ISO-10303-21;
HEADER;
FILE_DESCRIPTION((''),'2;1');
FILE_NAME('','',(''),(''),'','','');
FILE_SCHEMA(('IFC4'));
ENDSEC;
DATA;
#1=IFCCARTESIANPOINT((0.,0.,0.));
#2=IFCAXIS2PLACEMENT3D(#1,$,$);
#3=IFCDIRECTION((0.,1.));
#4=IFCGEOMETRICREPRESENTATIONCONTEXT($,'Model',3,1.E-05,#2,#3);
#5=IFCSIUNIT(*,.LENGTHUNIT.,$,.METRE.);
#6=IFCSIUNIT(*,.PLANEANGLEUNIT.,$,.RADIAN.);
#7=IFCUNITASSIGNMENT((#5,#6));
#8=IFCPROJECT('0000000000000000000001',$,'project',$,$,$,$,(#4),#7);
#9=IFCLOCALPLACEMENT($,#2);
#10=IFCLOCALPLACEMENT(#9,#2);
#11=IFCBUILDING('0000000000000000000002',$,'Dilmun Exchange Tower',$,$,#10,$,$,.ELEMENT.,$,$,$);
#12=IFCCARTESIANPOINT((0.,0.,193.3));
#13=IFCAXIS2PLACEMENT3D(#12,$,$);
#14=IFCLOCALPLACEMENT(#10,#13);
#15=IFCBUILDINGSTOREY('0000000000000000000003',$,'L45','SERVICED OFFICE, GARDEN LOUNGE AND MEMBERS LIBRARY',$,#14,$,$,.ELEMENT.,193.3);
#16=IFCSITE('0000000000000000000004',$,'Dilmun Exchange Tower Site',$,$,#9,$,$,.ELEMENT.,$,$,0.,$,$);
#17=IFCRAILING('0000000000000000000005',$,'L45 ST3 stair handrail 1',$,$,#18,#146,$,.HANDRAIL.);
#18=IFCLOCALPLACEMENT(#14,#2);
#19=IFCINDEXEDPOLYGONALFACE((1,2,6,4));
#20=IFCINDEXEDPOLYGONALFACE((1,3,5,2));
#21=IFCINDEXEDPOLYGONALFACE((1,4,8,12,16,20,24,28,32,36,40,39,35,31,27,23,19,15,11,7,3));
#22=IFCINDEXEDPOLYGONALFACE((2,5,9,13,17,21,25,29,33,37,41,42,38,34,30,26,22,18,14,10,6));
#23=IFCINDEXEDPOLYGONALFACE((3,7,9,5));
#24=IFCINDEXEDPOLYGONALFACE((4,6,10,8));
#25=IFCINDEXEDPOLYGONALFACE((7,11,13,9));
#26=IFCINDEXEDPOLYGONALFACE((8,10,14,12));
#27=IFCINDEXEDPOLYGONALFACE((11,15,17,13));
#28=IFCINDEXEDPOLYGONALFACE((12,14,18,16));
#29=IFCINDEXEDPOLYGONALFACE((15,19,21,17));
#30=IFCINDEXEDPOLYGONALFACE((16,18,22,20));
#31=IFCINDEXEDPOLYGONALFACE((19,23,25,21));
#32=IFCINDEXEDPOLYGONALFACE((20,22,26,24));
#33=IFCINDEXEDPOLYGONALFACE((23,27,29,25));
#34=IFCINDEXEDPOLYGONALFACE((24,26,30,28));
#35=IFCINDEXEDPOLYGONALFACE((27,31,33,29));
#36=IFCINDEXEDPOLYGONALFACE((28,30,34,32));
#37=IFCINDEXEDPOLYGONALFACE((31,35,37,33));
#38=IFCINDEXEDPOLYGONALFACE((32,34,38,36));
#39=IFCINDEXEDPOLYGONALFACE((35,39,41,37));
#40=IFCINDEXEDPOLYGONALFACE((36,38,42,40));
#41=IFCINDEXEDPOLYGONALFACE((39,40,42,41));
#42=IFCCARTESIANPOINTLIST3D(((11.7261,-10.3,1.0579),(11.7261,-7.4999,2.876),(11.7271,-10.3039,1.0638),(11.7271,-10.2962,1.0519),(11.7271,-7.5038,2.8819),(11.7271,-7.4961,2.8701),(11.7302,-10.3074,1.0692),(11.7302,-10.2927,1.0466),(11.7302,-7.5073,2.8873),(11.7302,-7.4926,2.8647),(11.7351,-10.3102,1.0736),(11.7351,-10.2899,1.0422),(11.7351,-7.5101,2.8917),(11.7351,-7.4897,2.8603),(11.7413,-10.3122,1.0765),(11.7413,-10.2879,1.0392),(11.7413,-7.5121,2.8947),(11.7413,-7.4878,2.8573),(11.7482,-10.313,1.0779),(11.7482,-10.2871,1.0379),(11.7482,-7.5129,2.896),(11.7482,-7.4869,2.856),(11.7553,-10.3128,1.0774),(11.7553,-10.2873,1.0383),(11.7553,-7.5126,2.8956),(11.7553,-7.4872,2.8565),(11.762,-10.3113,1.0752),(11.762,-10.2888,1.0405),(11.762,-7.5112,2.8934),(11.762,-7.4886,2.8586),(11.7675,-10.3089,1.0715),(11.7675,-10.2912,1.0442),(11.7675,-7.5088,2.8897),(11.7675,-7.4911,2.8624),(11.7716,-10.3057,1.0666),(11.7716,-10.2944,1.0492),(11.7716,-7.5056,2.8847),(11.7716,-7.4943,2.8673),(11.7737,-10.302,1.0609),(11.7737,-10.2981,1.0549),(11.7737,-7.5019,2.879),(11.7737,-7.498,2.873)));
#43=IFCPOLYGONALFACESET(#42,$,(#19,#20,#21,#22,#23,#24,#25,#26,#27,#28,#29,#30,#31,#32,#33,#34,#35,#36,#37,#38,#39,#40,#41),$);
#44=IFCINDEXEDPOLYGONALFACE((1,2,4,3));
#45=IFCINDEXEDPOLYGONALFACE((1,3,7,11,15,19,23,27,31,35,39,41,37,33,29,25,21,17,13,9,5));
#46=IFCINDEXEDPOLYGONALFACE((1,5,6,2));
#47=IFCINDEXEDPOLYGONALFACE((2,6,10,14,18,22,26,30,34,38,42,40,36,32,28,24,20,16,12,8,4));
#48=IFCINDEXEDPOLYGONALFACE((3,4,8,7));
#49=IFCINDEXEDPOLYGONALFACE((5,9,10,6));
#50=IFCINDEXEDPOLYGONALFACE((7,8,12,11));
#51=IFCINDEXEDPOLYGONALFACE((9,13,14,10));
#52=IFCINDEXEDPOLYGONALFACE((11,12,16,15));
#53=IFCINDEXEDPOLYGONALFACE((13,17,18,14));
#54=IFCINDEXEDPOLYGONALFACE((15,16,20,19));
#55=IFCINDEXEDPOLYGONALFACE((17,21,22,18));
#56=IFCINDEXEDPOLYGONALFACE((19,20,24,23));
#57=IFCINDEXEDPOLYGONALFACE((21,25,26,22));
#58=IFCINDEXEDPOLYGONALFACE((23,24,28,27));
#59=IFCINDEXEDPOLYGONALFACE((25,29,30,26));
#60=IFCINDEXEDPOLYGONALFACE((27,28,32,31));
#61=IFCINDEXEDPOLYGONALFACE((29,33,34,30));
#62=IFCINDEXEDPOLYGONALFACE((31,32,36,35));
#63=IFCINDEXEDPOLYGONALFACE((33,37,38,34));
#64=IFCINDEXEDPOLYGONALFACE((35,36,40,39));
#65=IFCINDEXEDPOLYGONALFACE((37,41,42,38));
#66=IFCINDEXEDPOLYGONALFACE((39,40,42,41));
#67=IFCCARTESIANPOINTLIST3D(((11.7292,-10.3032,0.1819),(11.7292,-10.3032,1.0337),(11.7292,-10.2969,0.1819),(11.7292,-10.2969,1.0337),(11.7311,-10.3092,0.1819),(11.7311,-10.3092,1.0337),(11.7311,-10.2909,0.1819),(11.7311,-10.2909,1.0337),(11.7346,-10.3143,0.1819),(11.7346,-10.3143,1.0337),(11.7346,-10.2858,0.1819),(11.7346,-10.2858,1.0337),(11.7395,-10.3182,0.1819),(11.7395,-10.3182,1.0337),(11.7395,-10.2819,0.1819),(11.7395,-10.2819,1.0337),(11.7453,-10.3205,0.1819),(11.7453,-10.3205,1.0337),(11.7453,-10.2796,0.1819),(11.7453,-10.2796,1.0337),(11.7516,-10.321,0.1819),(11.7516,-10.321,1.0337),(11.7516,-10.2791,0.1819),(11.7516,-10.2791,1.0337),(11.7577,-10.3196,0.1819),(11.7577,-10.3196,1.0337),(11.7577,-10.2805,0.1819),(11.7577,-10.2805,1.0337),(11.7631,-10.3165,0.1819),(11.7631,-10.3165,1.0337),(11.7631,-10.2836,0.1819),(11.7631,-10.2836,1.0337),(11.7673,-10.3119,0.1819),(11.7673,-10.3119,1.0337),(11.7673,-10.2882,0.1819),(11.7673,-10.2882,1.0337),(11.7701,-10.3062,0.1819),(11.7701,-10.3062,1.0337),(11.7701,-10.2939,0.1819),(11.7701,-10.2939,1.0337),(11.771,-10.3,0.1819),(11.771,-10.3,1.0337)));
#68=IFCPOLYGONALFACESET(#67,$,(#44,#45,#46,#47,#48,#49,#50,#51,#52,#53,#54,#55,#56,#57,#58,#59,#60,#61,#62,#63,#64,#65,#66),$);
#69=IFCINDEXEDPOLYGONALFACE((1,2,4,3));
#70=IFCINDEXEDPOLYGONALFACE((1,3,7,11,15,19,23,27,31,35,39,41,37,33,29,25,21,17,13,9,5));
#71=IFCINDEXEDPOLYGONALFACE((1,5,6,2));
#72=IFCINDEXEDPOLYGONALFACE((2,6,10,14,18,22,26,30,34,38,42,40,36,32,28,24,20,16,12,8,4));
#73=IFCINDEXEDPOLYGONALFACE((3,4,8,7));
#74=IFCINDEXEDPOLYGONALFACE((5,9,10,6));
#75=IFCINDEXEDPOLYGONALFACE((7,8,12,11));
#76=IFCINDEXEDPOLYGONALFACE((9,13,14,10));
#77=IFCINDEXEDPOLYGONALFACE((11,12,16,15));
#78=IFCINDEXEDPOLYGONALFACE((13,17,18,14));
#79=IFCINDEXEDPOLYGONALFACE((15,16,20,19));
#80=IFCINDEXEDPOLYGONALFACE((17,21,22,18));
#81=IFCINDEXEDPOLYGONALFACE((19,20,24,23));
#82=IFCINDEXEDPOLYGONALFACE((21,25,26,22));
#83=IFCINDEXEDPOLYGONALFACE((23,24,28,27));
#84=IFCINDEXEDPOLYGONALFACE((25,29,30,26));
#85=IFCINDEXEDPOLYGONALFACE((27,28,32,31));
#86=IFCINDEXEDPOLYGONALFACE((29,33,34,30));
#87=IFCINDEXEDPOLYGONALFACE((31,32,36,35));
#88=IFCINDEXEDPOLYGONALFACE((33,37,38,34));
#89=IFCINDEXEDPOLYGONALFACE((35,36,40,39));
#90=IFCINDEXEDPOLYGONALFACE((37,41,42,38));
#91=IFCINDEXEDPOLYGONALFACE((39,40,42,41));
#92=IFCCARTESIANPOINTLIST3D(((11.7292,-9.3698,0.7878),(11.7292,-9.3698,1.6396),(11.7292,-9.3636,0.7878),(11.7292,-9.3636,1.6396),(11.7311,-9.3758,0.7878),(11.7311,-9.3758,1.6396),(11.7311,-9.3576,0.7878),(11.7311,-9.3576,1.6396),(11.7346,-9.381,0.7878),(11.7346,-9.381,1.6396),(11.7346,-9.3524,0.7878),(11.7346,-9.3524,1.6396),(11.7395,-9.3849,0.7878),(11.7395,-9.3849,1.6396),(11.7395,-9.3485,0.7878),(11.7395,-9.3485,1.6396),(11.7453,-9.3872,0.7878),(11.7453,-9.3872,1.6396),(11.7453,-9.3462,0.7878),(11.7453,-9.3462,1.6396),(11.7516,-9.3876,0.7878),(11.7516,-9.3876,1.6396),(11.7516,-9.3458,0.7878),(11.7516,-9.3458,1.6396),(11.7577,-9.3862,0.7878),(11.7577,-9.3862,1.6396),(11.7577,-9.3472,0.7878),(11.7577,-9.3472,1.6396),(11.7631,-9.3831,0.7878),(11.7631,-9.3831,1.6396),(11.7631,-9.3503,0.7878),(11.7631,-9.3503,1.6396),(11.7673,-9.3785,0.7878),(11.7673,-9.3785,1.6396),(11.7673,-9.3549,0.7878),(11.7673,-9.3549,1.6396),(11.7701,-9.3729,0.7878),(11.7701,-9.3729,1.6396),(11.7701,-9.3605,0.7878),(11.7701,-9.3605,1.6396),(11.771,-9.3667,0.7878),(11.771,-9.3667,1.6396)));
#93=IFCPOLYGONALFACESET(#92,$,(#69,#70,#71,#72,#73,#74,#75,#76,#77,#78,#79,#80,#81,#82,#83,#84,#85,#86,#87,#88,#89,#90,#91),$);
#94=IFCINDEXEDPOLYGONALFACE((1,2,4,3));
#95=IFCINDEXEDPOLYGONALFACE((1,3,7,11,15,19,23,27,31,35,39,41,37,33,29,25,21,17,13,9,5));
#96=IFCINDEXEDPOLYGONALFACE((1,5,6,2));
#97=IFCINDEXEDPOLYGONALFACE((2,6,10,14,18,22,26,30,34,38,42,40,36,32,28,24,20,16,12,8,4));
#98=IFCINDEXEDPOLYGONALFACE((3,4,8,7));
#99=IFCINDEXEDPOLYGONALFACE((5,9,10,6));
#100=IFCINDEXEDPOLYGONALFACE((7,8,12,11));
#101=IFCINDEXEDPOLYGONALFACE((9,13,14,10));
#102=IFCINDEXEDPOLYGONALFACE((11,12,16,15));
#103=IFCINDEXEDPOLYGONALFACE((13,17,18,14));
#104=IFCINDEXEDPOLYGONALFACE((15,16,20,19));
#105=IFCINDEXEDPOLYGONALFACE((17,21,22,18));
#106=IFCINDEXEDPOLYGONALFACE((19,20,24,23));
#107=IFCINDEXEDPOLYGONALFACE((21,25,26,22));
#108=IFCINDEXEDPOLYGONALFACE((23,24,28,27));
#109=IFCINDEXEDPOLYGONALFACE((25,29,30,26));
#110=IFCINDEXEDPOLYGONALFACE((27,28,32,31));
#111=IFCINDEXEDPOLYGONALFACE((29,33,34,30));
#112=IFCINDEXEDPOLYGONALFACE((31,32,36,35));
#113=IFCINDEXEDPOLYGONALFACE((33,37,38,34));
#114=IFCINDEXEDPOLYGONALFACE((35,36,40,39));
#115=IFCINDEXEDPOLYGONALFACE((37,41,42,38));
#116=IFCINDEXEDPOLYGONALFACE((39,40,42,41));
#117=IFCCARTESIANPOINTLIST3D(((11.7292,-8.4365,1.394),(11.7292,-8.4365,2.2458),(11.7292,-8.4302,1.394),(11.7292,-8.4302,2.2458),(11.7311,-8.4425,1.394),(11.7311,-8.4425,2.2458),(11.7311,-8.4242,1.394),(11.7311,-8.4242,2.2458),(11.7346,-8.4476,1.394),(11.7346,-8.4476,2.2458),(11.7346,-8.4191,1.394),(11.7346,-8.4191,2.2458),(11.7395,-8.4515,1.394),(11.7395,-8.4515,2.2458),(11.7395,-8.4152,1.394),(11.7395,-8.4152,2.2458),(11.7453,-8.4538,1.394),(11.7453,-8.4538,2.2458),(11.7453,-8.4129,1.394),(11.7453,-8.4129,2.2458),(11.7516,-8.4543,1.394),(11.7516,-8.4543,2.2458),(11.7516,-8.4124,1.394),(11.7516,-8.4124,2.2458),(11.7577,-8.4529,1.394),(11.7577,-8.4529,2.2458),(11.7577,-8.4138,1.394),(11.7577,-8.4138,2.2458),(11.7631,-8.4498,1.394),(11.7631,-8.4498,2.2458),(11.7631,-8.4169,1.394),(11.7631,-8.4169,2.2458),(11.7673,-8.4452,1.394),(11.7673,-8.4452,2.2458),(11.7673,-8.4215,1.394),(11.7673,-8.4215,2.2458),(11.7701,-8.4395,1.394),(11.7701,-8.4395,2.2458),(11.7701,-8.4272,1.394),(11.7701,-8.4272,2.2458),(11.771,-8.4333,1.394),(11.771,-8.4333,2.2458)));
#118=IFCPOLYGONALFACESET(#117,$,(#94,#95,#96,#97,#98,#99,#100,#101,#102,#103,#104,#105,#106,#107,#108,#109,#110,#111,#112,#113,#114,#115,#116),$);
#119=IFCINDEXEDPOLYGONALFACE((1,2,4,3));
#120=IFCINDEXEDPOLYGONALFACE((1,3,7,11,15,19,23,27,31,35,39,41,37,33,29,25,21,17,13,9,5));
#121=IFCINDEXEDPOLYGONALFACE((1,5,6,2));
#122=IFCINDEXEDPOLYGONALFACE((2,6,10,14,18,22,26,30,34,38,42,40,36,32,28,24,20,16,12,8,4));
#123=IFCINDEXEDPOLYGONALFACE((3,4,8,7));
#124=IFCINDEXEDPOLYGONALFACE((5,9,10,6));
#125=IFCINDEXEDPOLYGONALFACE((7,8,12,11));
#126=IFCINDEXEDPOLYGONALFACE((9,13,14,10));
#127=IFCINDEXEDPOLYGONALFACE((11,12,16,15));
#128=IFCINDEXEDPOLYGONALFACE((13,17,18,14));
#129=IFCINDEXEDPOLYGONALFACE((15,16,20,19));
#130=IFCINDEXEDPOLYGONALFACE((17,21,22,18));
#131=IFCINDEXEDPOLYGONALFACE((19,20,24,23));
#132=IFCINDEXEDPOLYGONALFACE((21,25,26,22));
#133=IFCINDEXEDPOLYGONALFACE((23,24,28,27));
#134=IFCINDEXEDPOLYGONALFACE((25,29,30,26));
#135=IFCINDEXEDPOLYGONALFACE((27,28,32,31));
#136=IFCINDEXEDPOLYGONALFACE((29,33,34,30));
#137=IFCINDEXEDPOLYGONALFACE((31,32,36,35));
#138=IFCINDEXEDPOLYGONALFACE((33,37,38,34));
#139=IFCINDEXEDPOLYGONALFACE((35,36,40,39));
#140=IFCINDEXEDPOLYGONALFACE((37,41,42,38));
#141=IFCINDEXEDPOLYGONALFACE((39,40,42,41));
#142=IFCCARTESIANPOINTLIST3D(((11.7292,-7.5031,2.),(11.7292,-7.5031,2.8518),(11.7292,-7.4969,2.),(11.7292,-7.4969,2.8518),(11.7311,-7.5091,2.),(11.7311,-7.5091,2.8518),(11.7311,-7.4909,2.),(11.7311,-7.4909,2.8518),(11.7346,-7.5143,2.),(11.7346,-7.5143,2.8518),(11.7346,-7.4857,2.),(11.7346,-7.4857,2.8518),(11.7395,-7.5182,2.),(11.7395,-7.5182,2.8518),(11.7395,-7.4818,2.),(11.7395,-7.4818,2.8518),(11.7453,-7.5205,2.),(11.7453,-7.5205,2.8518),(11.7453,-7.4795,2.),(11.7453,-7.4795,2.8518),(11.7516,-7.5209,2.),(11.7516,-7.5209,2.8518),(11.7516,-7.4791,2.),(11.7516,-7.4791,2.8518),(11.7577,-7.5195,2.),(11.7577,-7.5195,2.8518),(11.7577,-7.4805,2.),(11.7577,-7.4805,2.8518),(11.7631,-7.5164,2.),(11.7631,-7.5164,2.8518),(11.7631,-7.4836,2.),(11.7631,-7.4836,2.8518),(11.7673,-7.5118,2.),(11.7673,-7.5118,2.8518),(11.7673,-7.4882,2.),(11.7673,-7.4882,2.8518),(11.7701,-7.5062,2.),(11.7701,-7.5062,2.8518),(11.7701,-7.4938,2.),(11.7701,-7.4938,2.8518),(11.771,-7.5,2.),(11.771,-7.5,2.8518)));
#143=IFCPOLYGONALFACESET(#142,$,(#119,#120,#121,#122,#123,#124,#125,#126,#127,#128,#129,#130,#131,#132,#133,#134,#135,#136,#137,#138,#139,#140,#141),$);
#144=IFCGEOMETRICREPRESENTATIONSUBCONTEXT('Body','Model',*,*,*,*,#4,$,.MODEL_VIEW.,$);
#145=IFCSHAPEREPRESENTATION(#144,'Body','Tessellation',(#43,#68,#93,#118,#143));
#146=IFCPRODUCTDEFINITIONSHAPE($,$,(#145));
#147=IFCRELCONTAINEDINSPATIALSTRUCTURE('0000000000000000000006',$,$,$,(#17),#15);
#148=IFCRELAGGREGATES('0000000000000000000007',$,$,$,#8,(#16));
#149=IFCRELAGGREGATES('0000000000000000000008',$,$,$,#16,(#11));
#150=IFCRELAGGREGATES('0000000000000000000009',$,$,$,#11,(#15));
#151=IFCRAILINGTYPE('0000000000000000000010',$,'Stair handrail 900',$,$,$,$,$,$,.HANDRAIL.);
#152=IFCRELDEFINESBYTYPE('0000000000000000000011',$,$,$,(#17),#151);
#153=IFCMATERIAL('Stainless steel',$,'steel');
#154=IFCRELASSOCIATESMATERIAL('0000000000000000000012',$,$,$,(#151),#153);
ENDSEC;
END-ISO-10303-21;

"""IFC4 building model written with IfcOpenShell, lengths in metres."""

from ifc_helpers import new_model, si_unit, direction, frame, origin, origin_2d, place, context, subcontext, project, spatial, circle, extrude, material, type_object, element, save


model = new_model("IFC4")

# Units and contexts
model_context = context("Model", 3, precision=1e-05, world=origin(), true_north=direction((0.0, 1.0)))
body_context = subcontext(model_context, "Body", "Model", "MODEL_VIEW")
ifc_project = project(units=[si_unit("LENGTHUNIT", "METRE"), si_unit("PLANEANGLEUNIT", "RADIAN")], contexts=[model_context])

# Site, building, storey
site_placement = place(None, origin())
site = spatial("IfcSite", under=ifc_project, at=site_placement, Name="Dilmun Exchange Tower Site", CompositionType="ELEMENT", RefElevation=0.0)
building_placement = place(site_placement, origin())
building = spatial("IfcBuilding", under=site, at=building_placement, Name="Dilmun Exchange Tower", CompositionType="ELEMENT")
storey_placement = place(building_placement, frame((0.0, 0.0, 193.3)))
storey = spatial("IfcBuildingStorey", under=building, at=storey_placement, Name="L45", Description="SERVICED OFFICE, GARDEN LOUNGE AND MEMBERS LIBRARY", CompositionType="ELEMENT", Elevation=193.3)

# Railing
ifc_material_1 = material(Name="Stainless steel", Category="steel")
railing_type = type_object("IfcRailingType", Name="Stair handrail 900", PredefinedType="HANDRAIL", material=ifc_material_1)
railing_placement = place(storey_placement, frame((11.75, -10.3, 0.1819)))
element("IfcRailing", 1, at=railing_placement, inside=storey, type_object=railing_type, Name="L45 ST3 stair handrail 1", PredefinedType="HANDRAIL", context=body_context, shape_type="SweptSolid", body=[
    extrude(circle(Radius=0.0239, at=origin_2d()), frame((0.0, 0.0, 0.876), z_axis=(0.0, 0.838706, 0.544585), x_axis=(-1.0, 0.0, 0.0)), (0.0, 0.0, 1.0), 3.3386),
    extrude(circle(Radius=0.021, at=origin_2d()), origin(), (0.0, 0.0, 1.0), 0.8518),
    extrude(circle(Radius=0.021, at=origin_2d()), frame((0.0, 0.9333, 0.606)), (0.0, 0.0, 1.0), 0.8518),
    extrude(circle(Radius=0.021, at=origin_2d()), frame((0.0, 1.8667, 1.2122)), (0.0, 0.0, 1.0), 0.8518),
    extrude(circle(Radius=0.021, at=origin_2d()), frame((0.0, 2.8, 1.8181)), (0.0, 0.0, 1.0), 0.8518),
])

save(model, "model.ifc")
